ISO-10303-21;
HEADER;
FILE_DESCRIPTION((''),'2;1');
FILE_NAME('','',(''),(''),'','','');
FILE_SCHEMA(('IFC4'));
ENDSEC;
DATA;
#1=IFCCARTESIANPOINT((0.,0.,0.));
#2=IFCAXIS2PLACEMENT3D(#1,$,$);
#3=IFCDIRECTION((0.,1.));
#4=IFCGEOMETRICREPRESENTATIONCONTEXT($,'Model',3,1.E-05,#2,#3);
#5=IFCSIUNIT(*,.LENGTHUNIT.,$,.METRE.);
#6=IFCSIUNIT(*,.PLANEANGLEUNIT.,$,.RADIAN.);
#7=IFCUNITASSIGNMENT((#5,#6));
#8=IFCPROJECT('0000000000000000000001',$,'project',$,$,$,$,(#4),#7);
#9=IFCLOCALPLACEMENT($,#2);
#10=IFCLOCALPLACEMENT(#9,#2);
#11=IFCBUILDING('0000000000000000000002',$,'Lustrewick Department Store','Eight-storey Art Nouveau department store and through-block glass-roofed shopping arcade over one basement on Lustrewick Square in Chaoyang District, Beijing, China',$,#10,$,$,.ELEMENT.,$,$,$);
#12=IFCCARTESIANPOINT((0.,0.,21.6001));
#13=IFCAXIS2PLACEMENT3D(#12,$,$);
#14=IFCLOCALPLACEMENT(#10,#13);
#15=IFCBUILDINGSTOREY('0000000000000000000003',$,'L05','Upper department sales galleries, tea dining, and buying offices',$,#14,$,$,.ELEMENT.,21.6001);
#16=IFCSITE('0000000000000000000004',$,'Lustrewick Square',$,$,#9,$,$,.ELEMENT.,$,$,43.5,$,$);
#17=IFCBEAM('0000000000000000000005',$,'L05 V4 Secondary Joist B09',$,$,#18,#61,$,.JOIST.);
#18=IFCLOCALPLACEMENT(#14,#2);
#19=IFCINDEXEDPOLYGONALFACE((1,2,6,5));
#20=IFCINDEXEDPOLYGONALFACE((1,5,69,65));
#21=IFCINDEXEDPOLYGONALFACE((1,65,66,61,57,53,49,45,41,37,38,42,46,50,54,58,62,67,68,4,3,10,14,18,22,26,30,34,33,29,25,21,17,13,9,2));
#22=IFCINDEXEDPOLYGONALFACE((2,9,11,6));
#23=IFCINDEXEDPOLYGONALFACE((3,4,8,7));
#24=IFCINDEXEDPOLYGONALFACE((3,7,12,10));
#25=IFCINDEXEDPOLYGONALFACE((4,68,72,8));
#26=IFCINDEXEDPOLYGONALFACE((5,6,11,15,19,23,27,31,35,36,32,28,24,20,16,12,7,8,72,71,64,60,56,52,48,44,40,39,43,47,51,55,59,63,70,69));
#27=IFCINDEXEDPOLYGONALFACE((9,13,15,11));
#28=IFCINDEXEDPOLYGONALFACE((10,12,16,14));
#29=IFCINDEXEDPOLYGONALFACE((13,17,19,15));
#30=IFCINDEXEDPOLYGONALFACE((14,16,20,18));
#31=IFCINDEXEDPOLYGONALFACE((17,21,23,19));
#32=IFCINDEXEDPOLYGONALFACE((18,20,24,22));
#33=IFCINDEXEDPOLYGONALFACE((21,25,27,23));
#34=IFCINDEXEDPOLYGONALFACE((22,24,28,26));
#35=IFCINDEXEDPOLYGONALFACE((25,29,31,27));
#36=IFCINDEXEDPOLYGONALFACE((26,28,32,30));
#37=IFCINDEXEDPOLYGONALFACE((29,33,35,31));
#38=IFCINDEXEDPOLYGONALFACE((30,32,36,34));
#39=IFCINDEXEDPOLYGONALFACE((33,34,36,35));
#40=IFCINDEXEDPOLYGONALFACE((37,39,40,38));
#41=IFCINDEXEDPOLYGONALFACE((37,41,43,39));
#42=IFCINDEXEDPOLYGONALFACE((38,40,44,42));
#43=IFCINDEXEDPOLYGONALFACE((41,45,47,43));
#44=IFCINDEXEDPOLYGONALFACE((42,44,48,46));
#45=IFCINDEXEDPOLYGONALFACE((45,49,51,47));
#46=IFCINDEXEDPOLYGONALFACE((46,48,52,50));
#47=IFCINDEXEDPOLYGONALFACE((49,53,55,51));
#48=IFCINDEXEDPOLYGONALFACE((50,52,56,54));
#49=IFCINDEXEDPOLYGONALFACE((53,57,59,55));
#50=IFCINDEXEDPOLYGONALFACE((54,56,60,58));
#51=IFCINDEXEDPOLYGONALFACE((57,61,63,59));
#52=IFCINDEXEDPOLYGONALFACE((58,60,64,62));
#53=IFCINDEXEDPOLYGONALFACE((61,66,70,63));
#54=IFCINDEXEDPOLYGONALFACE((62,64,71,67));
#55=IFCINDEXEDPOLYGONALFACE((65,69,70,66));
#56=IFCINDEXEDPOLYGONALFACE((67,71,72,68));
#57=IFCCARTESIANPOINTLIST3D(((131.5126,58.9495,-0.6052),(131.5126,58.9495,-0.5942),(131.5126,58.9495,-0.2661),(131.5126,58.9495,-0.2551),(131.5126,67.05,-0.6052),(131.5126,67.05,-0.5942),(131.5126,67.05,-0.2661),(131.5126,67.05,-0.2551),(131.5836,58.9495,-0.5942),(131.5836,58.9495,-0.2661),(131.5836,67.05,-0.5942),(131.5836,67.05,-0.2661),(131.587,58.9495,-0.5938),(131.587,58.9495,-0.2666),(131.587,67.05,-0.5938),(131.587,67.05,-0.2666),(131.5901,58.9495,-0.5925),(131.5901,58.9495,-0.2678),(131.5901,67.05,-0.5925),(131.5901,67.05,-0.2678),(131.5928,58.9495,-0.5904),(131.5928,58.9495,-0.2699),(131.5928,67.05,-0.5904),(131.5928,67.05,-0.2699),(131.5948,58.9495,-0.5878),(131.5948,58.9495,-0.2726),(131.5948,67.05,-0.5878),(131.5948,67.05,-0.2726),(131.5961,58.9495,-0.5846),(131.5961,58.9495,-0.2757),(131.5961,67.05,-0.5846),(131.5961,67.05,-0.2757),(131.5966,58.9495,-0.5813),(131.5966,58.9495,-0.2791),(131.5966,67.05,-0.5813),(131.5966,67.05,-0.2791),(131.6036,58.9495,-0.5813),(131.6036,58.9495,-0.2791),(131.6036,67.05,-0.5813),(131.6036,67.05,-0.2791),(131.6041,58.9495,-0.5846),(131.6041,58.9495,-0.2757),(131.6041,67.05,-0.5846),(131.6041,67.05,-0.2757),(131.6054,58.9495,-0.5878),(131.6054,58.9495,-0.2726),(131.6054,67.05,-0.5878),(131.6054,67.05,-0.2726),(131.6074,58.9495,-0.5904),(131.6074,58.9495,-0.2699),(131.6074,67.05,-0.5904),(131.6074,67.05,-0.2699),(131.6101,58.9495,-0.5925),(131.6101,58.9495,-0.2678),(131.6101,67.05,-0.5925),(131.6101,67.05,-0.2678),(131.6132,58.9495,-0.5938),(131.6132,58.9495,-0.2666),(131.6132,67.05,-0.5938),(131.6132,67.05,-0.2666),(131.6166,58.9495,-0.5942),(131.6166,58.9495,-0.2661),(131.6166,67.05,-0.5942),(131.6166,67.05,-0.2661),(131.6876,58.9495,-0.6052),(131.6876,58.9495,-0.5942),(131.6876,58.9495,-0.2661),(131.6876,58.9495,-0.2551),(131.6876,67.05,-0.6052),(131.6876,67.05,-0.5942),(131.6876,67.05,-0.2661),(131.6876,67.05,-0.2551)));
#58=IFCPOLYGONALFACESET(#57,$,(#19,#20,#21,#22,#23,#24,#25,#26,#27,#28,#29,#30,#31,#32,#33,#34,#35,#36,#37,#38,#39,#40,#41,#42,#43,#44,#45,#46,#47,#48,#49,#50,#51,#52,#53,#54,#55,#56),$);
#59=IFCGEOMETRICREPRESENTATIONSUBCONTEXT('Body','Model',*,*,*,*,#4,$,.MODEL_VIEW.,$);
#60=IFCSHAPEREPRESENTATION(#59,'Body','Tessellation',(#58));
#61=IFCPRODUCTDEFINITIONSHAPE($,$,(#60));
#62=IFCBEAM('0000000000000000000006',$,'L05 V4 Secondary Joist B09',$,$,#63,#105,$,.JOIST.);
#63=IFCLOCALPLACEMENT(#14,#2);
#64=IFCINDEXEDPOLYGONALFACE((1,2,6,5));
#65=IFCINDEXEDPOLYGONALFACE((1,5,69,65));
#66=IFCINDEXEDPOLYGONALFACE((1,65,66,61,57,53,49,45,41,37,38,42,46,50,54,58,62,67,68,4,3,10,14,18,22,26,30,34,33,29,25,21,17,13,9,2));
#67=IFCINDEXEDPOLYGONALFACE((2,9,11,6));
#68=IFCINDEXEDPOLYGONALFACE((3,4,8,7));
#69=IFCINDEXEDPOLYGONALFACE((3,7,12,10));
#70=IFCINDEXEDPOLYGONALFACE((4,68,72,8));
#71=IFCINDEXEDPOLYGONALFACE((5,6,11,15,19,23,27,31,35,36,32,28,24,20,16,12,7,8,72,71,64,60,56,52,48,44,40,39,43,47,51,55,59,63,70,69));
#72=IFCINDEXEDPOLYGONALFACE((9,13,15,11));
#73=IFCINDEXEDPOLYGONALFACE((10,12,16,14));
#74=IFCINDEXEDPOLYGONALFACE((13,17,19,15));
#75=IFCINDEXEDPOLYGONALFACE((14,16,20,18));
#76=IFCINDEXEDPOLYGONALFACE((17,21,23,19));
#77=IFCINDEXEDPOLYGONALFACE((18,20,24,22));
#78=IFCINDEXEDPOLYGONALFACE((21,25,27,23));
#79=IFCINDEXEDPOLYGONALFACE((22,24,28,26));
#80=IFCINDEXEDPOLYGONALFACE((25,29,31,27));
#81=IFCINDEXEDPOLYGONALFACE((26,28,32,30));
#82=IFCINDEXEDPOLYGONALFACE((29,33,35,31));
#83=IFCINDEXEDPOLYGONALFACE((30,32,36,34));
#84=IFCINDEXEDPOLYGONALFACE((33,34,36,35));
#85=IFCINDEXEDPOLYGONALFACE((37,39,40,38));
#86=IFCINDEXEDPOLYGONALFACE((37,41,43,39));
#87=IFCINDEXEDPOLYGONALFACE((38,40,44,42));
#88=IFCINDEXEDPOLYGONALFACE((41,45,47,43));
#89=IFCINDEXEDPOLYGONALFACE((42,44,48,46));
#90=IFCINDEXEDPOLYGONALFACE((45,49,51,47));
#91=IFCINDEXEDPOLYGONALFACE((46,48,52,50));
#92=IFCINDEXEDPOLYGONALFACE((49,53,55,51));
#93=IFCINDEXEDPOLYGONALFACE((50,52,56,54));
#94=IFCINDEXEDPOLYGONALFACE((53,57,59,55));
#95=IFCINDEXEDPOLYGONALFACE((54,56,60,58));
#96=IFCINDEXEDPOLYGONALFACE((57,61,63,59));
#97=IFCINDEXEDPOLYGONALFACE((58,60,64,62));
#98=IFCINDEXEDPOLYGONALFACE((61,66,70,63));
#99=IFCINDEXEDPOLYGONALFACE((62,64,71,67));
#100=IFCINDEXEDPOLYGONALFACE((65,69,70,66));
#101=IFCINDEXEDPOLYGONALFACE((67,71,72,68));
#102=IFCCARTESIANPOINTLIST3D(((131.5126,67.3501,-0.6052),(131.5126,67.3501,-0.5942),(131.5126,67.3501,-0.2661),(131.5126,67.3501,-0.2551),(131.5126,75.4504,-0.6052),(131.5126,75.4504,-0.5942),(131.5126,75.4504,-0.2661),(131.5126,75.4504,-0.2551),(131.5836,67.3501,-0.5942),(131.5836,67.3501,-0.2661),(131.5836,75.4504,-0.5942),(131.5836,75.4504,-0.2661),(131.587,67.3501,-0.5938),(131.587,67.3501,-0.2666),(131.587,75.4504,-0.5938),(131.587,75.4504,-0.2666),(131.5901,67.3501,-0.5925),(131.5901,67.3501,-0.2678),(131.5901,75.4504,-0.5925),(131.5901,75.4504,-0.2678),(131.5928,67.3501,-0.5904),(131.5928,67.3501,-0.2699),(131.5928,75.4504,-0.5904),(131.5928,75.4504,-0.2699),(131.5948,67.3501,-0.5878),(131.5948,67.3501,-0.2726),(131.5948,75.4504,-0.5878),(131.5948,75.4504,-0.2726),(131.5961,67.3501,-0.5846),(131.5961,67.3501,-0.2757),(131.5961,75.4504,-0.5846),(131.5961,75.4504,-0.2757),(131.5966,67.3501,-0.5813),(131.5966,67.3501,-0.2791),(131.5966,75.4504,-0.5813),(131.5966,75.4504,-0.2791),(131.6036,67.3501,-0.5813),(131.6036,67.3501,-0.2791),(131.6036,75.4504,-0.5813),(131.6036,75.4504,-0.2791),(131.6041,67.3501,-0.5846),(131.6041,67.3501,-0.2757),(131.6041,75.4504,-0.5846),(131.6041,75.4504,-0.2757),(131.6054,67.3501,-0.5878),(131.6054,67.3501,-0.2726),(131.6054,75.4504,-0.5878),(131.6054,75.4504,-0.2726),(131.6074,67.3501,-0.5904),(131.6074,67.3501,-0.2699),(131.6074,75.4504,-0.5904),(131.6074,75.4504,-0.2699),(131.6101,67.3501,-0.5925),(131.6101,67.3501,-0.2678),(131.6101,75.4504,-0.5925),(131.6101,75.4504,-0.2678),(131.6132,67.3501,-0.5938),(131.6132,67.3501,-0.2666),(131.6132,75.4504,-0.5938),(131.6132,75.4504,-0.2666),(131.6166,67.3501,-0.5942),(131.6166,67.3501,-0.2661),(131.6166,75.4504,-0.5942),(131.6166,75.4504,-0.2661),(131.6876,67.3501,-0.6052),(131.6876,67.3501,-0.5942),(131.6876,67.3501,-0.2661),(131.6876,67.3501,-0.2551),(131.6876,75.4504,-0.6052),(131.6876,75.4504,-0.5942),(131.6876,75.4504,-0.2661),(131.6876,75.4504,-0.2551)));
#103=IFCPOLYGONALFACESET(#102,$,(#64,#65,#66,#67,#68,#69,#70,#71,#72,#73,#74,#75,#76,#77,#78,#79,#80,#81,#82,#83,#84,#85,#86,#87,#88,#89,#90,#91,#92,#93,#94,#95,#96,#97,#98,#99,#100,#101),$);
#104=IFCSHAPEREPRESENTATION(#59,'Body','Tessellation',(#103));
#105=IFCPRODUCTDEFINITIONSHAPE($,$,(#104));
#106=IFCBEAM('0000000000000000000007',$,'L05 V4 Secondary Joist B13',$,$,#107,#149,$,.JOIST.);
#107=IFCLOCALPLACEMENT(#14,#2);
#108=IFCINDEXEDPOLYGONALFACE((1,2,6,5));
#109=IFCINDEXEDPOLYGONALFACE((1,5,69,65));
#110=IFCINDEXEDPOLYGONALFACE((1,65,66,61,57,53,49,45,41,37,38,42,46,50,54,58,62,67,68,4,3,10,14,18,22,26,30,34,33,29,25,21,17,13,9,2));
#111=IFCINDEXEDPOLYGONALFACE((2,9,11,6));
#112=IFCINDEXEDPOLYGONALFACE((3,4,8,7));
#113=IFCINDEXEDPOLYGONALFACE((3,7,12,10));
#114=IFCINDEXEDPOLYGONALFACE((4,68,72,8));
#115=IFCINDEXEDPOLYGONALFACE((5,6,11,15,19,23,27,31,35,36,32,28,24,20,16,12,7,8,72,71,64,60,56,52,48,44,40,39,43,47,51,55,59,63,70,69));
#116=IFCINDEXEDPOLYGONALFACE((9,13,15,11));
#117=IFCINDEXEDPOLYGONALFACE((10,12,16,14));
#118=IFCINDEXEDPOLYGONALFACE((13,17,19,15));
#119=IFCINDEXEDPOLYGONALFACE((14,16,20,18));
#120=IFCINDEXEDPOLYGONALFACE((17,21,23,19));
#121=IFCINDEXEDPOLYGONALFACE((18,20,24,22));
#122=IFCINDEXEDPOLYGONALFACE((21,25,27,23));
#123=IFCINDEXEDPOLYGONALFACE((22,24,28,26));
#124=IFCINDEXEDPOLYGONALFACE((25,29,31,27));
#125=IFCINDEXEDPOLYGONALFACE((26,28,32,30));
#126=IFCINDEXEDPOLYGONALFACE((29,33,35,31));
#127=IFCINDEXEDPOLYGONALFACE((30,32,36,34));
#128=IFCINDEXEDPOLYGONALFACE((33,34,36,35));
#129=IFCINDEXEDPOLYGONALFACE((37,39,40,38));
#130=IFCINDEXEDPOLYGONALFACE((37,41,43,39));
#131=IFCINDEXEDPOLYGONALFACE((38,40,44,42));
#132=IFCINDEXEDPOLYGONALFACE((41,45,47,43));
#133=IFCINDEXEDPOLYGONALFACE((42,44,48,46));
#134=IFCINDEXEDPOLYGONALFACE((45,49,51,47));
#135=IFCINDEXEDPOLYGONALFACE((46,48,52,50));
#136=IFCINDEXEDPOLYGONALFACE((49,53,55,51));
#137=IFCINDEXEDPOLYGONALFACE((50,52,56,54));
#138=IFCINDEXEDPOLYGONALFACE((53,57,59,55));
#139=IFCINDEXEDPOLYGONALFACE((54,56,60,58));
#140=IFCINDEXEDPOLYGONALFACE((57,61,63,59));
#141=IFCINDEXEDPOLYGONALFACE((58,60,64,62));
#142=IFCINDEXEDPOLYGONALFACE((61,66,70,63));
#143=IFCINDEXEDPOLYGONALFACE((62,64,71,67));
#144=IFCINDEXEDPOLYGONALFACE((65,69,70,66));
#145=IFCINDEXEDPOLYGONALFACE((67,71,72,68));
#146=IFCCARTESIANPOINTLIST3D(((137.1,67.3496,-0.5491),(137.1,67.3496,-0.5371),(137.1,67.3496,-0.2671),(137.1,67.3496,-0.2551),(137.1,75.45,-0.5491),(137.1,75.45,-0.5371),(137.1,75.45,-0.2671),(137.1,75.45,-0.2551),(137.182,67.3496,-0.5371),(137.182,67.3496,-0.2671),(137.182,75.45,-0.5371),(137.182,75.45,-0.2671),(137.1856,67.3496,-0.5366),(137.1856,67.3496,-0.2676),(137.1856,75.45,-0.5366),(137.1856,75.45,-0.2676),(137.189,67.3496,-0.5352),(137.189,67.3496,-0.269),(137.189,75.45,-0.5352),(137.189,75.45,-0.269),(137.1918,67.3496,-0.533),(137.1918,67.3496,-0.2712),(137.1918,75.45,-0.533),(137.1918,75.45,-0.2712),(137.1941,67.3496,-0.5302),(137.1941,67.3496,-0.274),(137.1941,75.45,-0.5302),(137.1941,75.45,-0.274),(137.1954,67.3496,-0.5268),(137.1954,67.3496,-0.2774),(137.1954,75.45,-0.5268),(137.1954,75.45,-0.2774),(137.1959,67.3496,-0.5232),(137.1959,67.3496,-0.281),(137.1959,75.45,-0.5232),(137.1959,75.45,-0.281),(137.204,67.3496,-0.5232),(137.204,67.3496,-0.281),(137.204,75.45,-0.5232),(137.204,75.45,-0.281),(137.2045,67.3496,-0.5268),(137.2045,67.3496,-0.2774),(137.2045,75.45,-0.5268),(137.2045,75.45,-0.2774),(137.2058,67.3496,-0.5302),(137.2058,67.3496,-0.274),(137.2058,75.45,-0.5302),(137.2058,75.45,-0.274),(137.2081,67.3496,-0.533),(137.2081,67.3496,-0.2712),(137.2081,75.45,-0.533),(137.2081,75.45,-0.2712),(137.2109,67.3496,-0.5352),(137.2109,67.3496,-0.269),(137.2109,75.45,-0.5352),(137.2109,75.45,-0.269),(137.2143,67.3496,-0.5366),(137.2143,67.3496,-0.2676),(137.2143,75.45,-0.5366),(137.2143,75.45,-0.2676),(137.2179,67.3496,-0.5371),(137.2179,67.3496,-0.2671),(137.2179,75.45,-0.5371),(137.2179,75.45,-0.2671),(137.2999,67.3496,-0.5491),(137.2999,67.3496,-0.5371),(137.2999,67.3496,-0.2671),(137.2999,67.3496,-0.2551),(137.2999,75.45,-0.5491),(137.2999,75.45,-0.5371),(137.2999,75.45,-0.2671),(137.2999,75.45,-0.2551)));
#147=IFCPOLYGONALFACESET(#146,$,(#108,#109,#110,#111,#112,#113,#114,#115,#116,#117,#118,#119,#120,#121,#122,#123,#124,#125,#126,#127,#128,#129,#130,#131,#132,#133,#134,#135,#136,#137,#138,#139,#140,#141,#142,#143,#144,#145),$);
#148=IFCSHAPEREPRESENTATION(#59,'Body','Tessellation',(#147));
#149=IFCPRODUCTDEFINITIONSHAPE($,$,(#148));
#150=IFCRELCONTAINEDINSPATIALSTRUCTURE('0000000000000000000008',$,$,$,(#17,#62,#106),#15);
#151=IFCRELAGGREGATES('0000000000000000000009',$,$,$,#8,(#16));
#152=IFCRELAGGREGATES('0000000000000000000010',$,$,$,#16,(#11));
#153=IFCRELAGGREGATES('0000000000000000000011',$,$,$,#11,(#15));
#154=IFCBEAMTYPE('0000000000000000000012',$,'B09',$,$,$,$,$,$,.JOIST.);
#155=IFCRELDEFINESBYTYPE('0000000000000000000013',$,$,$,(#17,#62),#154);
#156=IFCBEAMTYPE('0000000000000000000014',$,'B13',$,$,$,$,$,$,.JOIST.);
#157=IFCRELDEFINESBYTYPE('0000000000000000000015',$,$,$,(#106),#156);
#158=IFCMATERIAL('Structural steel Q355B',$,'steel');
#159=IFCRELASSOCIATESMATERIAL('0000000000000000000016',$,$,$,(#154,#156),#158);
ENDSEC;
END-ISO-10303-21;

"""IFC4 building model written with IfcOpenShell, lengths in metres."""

from ifc_helpers import new_model, si_unit, direction, frame, origin, origin_2d, place, context, subcontext, project, spatial, i_section, extrude, material, material_profile, profile_set, type_object, element, save


model = new_model("IFC4")

# Units and contexts
model_context = context("Model", 3, precision=1e-05, world=origin(), true_north=direction((0.0, 1.0)))
body_context = subcontext(model_context, "Body", "Model", "MODEL_VIEW")
ifc_project = project(units=[si_unit("LENGTHUNIT", "METRE"), si_unit("PLANEANGLEUNIT", "RADIAN")], contexts=[model_context])

# Site, building, storey
site_placement = place(None, origin())
site = spatial("IfcSite", under=ifc_project, at=site_placement, Name="Lustrewick Square", CompositionType="ELEMENT", RefElevation=43.5)
building_placement = place(site_placement, origin())
building = spatial("IfcBuilding", under=site, at=building_placement, Name="Lustrewick Department Store", Description="Eight-storey Art Nouveau department store and through-block glass-roofed shopping arcade over one basement on Lustrewick Square in Chaoyang District, Beijing, China", CompositionType="ELEMENT")
storey_placement = place(building_placement, frame((0.0, 0.0, 21.6001)))
storey = spatial("IfcBuildingStorey", under=building, at=storey_placement, Name="L05", Description="Upper department sales galleries, tea dining, and buying offices", CompositionType="ELEMENT", Elevation=21.6001)

# Shared definitions
ifc_material_1 = material(Name="Structural steel Q355B", Category="steel")

# Beams
ifc_material_profile_1 = material_profile(ifc_material_1, i_section(OverallWidth=0.175, OverallDepth=0.3501, WebThickness=0.0071, FlangeThickness=0.011, FilletRadius=0.0129, at=origin_2d()), Name="HN 350x175x7x11")
ifc_profile_set_1 = profile_set([ifc_material_profile_1], Name="Structural steel Q355B")
beam_type_1 = type_object("IfcBeamType", Name="B09", PredefinedType="JOIST", material=ifc_profile_set_1)
beam_1_placement = place(storey_placement, frame((131.6001, 58.9495, -0.4302), z_axis=(0.0, 1.0, 0.0), x_axis=(-1.0, 0.0, 0.0)))
element("IfcBeam", 1, at=beam_1_placement, inside=storey, type_object=beam_type_1, Name="L05 V4 Secondary Joist B09", PredefinedType="JOIST", context=body_context, shape_type="SweptSolid", body=[
    extrude(i_section(OverallWidth=0.175, OverallDepth=0.3501, WebThickness=0.0071, FlangeThickness=0.011, FilletRadius=0.0129, at=origin_2d()), origin(), (0.0, 0.0, 1.0), 8.1006),
])
beam_2_placement = place(storey_placement, frame((131.6001, 67.3501, -0.4302), z_axis=(0.0, 1.0, 0.0), x_axis=(-1.0, 0.0, 0.0)))
element("IfcBeam", 2, at=beam_2_placement, inside=storey, type_object=beam_type_1, Name="L05 V4 Secondary Joist B09", PredefinedType="JOIST", context=body_context, shape_type="SweptSolid", body=[
    extrude(i_section(OverallWidth=0.175, OverallDepth=0.3501, WebThickness=0.0071, FlangeThickness=0.011, FilletRadius=0.0129, at=origin_2d()), origin(), (0.0, 0.0, 1.0), 8.1003),
])
ifc_material_profile_2 = material_profile(ifc_material_1, i_section(OverallWidth=0.2, OverallDepth=0.2939, WebThickness=0.0081, FlangeThickness=0.012, FilletRadius=0.0139, at=origin_2d()), Name="HM 294x200x8x12")
ifc_profile_set_2 = profile_set([ifc_material_profile_2], Name="Structural steel Q355B")
beam_type_2 = type_object("IfcBeamType", Name="B13", PredefinedType="JOIST", material=ifc_profile_set_2)
beam_3_placement = place(storey_placement, frame((137.2, 67.3496, -0.4021), z_axis=(0.0, 1.0, 0.0), x_axis=(-1.0, 0.0, 0.0)))
element("IfcBeam", 3, at=beam_3_placement, inside=storey, type_object=beam_type_2, Name="L05 V4 Secondary Joist B13", PredefinedType="JOIST", context=body_context, shape_type="SweptSolid", body=[
    extrude(i_section(OverallWidth=0.2, OverallDepth=0.2939, WebThickness=0.0081, FlangeThickness=0.012, FilletRadius=0.0139, at=origin_2d()), origin(), (0.0, 0.0, 1.0), 8.1003),
])

save(model, "model.ifc")
